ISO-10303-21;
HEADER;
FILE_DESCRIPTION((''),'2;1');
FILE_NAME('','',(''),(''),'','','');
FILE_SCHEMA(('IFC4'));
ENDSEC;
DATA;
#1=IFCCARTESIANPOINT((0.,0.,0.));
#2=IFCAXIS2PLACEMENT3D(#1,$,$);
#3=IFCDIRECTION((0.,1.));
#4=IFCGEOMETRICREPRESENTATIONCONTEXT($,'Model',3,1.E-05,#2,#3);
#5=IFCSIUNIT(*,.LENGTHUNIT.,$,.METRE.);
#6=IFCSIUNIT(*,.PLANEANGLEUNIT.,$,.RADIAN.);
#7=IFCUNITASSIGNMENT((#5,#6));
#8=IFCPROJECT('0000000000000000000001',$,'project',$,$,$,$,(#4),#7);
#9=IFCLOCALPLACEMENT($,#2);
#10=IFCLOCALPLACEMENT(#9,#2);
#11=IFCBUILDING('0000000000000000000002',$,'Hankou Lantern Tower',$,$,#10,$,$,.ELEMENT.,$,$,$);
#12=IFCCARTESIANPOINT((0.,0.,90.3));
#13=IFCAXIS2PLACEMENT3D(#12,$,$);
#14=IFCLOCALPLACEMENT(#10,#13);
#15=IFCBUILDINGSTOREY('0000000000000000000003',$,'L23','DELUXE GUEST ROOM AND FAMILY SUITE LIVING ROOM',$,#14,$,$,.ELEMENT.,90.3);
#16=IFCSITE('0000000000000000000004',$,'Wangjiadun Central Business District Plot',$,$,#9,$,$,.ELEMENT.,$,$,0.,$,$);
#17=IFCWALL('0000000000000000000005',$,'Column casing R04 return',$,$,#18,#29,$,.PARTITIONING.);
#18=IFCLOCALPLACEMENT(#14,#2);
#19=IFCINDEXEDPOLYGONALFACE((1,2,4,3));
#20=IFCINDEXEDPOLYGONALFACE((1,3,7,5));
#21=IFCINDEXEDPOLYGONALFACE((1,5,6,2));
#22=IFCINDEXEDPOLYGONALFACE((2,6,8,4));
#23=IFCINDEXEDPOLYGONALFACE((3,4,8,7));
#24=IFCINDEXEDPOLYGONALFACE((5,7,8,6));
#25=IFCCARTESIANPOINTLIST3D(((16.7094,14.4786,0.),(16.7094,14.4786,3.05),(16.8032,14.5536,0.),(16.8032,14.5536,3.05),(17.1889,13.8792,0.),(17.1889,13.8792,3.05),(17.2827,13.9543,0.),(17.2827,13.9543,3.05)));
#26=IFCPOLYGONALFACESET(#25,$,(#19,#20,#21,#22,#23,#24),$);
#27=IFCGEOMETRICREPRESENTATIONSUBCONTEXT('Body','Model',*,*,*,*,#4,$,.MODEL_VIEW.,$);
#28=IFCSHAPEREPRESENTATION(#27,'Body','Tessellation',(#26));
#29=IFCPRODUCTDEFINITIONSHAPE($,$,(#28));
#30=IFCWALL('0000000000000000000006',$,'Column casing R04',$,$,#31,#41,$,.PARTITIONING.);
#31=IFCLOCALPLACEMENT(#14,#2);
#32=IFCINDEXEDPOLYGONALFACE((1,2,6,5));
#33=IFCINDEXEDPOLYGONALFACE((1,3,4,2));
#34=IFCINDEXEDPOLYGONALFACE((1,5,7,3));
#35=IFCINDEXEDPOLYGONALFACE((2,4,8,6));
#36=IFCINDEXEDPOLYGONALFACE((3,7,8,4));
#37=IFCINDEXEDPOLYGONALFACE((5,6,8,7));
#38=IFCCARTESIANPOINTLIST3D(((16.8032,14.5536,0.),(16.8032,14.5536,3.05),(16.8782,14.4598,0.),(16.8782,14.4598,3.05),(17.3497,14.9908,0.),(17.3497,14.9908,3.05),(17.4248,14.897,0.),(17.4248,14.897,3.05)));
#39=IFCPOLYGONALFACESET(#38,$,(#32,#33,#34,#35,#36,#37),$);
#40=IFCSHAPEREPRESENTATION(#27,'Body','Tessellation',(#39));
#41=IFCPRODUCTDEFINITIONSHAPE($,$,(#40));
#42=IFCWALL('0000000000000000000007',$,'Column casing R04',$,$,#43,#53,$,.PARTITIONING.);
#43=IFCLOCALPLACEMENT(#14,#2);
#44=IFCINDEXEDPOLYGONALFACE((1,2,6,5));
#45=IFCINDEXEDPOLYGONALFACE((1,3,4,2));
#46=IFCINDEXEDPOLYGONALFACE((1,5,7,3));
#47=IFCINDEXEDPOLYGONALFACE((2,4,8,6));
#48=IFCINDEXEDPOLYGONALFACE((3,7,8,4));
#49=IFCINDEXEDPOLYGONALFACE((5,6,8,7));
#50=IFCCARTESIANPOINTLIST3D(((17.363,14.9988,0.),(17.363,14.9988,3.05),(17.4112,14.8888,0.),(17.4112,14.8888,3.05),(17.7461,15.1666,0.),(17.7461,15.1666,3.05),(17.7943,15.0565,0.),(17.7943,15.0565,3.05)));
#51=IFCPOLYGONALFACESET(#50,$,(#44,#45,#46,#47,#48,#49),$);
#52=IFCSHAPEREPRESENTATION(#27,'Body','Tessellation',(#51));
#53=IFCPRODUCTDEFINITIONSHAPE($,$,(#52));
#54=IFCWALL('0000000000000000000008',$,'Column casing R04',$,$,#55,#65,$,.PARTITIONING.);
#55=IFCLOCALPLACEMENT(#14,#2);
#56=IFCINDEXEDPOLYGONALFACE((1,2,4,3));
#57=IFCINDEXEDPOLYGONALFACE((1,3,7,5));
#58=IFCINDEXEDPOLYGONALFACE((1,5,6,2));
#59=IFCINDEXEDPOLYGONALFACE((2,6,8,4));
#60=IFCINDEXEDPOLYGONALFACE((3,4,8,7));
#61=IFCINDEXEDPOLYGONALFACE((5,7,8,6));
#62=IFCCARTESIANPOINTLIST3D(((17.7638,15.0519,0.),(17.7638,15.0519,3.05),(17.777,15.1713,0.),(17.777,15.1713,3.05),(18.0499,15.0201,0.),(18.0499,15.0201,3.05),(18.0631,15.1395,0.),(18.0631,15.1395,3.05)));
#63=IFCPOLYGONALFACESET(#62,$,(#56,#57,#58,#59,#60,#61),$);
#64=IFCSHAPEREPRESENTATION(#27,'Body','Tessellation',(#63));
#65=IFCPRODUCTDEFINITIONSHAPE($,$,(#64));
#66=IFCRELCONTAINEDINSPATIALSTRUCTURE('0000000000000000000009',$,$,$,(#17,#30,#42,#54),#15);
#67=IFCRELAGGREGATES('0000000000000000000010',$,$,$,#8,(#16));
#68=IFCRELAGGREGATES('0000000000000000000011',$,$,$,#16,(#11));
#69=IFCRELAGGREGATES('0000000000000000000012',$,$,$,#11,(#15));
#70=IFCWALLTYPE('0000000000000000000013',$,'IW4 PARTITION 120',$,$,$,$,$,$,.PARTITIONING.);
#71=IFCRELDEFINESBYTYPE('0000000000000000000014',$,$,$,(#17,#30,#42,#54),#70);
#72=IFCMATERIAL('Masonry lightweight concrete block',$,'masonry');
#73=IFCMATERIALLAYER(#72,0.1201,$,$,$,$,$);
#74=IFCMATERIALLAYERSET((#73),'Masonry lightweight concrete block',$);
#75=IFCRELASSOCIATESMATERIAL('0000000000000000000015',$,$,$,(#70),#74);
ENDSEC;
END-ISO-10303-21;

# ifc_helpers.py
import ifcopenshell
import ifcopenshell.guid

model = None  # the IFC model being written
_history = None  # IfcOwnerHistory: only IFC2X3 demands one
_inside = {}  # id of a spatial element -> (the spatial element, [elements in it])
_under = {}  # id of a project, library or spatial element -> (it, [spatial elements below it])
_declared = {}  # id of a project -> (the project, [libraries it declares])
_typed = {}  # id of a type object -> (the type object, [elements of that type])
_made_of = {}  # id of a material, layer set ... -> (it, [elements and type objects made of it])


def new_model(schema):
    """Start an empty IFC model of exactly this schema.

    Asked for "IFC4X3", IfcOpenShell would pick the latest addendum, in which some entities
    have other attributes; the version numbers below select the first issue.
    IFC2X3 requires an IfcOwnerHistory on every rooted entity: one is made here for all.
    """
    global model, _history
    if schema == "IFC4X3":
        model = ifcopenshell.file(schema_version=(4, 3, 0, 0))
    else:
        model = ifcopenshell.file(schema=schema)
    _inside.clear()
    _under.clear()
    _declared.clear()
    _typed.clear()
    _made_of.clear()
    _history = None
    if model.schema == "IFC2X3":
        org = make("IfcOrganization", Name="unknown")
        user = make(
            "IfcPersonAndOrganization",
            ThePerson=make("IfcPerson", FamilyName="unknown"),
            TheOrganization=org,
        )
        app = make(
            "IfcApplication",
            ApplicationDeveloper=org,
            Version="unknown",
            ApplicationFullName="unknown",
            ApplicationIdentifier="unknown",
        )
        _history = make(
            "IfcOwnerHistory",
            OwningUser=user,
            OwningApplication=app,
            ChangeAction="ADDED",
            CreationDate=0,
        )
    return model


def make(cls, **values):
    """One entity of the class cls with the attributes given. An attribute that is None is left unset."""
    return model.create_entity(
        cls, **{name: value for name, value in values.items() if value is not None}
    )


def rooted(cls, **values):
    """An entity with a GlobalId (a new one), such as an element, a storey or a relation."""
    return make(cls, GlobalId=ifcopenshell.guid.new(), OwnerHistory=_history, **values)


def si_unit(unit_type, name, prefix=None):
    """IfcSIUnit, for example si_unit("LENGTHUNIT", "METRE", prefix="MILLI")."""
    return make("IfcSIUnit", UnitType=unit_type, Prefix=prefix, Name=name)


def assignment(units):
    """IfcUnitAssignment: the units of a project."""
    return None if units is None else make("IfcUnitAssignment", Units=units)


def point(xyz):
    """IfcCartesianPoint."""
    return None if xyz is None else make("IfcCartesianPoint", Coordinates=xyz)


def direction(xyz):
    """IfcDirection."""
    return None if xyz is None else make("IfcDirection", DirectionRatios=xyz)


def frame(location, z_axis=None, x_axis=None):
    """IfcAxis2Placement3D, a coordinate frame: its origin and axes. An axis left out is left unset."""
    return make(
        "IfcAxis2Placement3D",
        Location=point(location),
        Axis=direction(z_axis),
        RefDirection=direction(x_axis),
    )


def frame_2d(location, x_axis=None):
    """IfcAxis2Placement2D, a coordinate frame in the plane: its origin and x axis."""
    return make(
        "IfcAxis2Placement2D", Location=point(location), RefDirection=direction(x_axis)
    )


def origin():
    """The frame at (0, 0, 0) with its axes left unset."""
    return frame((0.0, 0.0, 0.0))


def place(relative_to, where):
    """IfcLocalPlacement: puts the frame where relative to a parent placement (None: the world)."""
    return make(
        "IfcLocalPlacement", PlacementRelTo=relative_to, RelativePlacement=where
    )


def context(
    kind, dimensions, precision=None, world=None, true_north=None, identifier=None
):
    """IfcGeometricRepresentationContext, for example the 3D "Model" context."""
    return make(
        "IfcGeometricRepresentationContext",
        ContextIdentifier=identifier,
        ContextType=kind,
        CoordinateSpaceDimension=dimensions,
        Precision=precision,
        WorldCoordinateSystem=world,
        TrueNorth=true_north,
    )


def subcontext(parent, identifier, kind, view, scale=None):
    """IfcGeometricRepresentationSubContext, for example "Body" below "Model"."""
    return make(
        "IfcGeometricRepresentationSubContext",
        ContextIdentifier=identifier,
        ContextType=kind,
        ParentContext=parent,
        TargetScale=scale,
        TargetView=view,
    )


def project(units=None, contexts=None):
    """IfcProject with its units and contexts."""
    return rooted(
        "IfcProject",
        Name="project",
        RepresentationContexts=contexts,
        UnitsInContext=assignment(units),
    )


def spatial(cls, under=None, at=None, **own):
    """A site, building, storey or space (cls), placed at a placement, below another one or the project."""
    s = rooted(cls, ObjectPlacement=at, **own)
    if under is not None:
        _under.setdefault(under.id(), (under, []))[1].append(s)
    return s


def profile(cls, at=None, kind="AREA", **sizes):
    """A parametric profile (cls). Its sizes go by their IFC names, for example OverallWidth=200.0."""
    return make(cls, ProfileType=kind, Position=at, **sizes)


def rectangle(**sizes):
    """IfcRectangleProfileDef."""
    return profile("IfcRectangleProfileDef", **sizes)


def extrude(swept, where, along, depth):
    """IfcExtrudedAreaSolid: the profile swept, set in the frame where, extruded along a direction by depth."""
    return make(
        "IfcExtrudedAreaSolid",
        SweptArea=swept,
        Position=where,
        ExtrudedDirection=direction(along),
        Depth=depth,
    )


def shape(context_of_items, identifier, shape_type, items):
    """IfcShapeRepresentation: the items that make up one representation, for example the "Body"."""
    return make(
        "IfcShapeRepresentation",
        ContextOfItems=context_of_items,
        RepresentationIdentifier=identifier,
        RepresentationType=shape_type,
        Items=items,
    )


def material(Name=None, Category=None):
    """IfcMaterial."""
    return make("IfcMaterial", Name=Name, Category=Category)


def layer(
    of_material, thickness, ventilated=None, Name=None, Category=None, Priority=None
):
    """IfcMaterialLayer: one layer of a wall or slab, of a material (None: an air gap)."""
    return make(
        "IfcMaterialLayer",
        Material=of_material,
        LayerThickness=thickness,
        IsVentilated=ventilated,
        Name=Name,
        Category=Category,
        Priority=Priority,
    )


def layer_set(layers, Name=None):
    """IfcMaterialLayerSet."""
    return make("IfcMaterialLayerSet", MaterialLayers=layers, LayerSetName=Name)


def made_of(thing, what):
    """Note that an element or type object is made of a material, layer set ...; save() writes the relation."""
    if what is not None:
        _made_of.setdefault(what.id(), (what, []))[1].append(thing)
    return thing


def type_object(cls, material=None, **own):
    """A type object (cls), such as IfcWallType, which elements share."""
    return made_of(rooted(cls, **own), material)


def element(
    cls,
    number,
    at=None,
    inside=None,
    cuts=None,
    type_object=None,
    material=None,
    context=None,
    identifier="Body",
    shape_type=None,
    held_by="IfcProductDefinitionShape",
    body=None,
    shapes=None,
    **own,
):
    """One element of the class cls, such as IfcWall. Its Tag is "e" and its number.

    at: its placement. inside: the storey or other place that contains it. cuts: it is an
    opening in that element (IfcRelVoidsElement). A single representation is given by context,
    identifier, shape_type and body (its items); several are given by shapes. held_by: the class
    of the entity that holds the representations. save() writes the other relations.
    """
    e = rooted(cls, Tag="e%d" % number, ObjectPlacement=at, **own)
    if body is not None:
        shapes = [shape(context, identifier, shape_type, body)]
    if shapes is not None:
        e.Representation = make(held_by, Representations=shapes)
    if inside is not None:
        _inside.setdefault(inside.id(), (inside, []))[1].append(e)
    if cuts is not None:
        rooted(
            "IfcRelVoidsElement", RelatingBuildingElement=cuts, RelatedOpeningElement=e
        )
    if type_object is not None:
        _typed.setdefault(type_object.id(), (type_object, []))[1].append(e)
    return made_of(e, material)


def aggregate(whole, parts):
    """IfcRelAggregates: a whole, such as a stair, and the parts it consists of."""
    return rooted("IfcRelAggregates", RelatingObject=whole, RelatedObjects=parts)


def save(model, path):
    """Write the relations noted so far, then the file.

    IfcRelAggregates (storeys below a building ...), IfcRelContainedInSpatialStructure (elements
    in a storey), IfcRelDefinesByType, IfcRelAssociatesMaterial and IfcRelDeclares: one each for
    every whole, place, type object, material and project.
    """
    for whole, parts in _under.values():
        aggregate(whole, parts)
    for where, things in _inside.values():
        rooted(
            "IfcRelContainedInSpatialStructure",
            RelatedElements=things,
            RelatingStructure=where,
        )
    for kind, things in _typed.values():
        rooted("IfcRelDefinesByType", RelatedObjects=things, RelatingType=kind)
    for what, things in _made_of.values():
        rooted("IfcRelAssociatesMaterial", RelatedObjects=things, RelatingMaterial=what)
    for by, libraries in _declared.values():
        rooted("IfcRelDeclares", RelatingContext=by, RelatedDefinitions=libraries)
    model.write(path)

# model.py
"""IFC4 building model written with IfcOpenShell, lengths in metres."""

from ifc_helpers import new_model, si_unit, direction, frame, frame_2d, origin, place, context, subcontext, project, spatial, rectangle, extrude, material, layer, layer_set, type_object, element, save


model = new_model("IFC4")

# Units and contexts
model_context = context("Model", 3, precision=1e-05, world=origin(), true_north=direction((0.0, 1.0)))
body_context = subcontext(model_context, "Body", "Model", "MODEL_VIEW")
ifc_project = project(units=[si_unit("LENGTHUNIT", "METRE"), si_unit("PLANEANGLEUNIT", "RADIAN")], contexts=[model_context])

# Site, building, storey
site_placement = place(None, origin())
site = spatial("IfcSite", under=ifc_project, at=site_placement, Name="Wangjiadun Central Business District Plot", CompositionType="ELEMENT", RefElevation=0.0)
building_placement = place(site_placement, origin())
building = spatial("IfcBuilding", under=site, at=building_placement, Name="Hankou Lantern Tower", CompositionType="ELEMENT")
storey_placement = place(building_placement, frame((0.0, 0.0, 90.3)))
storey = spatial("IfcBuildingStorey", under=building, at=storey_placement, Name="L23", Description="DELUXE GUEST ROOM AND FAMILY SUITE LIVING ROOM", CompositionType="ELEMENT", Elevation=90.3)

# Walls
ifc_material_1 = material(Name="Masonry lightweight concrete block", Category="masonry")
ifc_layer_1 = layer(ifc_material_1, 0.1201)
ifc_layer_set_1 = layer_set([ifc_layer_1], Name="Masonry lightweight concrete block")
wall_type_1 = type_object("IfcWallType", Name="IW4 PARTITION 120", PredefinedType="PARTITIONING", material=ifc_layer_set_1)
wall_1_placement = place(storey_placement, frame((17.2358, 13.9167, 0.0), z_axis=(0.0, 0.0, 1.0), x_axis=(-0.624695, 0.780869, 0.0)))
element("IfcWall", 1, at=wall_1_placement, inside=storey, type_object=wall_type_1, Name="Column casing R04 return", PredefinedType="PARTITIONING", context=body_context, shape_type="SweptSolid", body=[
    extrude(rectangle(XDim=0.7676, YDim=0.1201, at=frame_2d((0.3838, 0.0))), origin(), (0.0, 0.0, 1.0), 3.05),
])
wall_2_placement = place(storey_placement, frame((16.8406, 14.5066, 0.0), z_axis=(0.0, 0.0, 1.0), x_axis=(0.780903, 0.624653, 0.0)))
element("IfcWall", 2, at=wall_2_placement, inside=storey, type_object=wall_type_1, Name="Column casing R04", PredefinedType="PARTITIONING", context=body_context, shape_type="SweptSolid", body=[
    extrude(rectangle(XDim=0.7, YDim=0.1201, at=frame_2d((0.3501, 0.0))), origin(), (0.0, 0.0, 1.0), 3.05),
])
wall_3_placement = place(storey_placement, frame((17.3872, 14.9438, 0.0), z_axis=(0.0, 0.0, 1.0), x_axis=(0.916037, 0.401094, 0.0)))
element("IfcWall", 3, at=wall_3_placement, inside=storey, type_object=wall_type_1, Name="Column casing R04", PredefinedType="PARTITIONING", context=body_context, shape_type="SweptSolid", body=[
    extrude(rectangle(XDim=0.4182, YDim=0.1201, at=frame_2d((0.209, 0.0))), origin(), (0.0, 0.0, 1.0), 3.05),
])
wall_4_placement = place(storey_placement, frame((17.7703, 15.1116, 0.0), z_axis=(0.0, 0.0, 1.0), x_axis=(0.993904, -0.110245, 0.0)))
element("IfcWall", 4, at=wall_4_placement, inside=storey, type_object=wall_type_1, Name="Column casing R04", PredefinedType="PARTITIONING", context=body_context, shape_type="SweptSolid", body=[
    extrude(rectangle(XDim=0.2878, YDim=0.1201, at=frame_2d((0.144, 0.0))), origin(), (0.0, 0.0, 1.0), 3.05),
])

save(model, "model.ifc")
